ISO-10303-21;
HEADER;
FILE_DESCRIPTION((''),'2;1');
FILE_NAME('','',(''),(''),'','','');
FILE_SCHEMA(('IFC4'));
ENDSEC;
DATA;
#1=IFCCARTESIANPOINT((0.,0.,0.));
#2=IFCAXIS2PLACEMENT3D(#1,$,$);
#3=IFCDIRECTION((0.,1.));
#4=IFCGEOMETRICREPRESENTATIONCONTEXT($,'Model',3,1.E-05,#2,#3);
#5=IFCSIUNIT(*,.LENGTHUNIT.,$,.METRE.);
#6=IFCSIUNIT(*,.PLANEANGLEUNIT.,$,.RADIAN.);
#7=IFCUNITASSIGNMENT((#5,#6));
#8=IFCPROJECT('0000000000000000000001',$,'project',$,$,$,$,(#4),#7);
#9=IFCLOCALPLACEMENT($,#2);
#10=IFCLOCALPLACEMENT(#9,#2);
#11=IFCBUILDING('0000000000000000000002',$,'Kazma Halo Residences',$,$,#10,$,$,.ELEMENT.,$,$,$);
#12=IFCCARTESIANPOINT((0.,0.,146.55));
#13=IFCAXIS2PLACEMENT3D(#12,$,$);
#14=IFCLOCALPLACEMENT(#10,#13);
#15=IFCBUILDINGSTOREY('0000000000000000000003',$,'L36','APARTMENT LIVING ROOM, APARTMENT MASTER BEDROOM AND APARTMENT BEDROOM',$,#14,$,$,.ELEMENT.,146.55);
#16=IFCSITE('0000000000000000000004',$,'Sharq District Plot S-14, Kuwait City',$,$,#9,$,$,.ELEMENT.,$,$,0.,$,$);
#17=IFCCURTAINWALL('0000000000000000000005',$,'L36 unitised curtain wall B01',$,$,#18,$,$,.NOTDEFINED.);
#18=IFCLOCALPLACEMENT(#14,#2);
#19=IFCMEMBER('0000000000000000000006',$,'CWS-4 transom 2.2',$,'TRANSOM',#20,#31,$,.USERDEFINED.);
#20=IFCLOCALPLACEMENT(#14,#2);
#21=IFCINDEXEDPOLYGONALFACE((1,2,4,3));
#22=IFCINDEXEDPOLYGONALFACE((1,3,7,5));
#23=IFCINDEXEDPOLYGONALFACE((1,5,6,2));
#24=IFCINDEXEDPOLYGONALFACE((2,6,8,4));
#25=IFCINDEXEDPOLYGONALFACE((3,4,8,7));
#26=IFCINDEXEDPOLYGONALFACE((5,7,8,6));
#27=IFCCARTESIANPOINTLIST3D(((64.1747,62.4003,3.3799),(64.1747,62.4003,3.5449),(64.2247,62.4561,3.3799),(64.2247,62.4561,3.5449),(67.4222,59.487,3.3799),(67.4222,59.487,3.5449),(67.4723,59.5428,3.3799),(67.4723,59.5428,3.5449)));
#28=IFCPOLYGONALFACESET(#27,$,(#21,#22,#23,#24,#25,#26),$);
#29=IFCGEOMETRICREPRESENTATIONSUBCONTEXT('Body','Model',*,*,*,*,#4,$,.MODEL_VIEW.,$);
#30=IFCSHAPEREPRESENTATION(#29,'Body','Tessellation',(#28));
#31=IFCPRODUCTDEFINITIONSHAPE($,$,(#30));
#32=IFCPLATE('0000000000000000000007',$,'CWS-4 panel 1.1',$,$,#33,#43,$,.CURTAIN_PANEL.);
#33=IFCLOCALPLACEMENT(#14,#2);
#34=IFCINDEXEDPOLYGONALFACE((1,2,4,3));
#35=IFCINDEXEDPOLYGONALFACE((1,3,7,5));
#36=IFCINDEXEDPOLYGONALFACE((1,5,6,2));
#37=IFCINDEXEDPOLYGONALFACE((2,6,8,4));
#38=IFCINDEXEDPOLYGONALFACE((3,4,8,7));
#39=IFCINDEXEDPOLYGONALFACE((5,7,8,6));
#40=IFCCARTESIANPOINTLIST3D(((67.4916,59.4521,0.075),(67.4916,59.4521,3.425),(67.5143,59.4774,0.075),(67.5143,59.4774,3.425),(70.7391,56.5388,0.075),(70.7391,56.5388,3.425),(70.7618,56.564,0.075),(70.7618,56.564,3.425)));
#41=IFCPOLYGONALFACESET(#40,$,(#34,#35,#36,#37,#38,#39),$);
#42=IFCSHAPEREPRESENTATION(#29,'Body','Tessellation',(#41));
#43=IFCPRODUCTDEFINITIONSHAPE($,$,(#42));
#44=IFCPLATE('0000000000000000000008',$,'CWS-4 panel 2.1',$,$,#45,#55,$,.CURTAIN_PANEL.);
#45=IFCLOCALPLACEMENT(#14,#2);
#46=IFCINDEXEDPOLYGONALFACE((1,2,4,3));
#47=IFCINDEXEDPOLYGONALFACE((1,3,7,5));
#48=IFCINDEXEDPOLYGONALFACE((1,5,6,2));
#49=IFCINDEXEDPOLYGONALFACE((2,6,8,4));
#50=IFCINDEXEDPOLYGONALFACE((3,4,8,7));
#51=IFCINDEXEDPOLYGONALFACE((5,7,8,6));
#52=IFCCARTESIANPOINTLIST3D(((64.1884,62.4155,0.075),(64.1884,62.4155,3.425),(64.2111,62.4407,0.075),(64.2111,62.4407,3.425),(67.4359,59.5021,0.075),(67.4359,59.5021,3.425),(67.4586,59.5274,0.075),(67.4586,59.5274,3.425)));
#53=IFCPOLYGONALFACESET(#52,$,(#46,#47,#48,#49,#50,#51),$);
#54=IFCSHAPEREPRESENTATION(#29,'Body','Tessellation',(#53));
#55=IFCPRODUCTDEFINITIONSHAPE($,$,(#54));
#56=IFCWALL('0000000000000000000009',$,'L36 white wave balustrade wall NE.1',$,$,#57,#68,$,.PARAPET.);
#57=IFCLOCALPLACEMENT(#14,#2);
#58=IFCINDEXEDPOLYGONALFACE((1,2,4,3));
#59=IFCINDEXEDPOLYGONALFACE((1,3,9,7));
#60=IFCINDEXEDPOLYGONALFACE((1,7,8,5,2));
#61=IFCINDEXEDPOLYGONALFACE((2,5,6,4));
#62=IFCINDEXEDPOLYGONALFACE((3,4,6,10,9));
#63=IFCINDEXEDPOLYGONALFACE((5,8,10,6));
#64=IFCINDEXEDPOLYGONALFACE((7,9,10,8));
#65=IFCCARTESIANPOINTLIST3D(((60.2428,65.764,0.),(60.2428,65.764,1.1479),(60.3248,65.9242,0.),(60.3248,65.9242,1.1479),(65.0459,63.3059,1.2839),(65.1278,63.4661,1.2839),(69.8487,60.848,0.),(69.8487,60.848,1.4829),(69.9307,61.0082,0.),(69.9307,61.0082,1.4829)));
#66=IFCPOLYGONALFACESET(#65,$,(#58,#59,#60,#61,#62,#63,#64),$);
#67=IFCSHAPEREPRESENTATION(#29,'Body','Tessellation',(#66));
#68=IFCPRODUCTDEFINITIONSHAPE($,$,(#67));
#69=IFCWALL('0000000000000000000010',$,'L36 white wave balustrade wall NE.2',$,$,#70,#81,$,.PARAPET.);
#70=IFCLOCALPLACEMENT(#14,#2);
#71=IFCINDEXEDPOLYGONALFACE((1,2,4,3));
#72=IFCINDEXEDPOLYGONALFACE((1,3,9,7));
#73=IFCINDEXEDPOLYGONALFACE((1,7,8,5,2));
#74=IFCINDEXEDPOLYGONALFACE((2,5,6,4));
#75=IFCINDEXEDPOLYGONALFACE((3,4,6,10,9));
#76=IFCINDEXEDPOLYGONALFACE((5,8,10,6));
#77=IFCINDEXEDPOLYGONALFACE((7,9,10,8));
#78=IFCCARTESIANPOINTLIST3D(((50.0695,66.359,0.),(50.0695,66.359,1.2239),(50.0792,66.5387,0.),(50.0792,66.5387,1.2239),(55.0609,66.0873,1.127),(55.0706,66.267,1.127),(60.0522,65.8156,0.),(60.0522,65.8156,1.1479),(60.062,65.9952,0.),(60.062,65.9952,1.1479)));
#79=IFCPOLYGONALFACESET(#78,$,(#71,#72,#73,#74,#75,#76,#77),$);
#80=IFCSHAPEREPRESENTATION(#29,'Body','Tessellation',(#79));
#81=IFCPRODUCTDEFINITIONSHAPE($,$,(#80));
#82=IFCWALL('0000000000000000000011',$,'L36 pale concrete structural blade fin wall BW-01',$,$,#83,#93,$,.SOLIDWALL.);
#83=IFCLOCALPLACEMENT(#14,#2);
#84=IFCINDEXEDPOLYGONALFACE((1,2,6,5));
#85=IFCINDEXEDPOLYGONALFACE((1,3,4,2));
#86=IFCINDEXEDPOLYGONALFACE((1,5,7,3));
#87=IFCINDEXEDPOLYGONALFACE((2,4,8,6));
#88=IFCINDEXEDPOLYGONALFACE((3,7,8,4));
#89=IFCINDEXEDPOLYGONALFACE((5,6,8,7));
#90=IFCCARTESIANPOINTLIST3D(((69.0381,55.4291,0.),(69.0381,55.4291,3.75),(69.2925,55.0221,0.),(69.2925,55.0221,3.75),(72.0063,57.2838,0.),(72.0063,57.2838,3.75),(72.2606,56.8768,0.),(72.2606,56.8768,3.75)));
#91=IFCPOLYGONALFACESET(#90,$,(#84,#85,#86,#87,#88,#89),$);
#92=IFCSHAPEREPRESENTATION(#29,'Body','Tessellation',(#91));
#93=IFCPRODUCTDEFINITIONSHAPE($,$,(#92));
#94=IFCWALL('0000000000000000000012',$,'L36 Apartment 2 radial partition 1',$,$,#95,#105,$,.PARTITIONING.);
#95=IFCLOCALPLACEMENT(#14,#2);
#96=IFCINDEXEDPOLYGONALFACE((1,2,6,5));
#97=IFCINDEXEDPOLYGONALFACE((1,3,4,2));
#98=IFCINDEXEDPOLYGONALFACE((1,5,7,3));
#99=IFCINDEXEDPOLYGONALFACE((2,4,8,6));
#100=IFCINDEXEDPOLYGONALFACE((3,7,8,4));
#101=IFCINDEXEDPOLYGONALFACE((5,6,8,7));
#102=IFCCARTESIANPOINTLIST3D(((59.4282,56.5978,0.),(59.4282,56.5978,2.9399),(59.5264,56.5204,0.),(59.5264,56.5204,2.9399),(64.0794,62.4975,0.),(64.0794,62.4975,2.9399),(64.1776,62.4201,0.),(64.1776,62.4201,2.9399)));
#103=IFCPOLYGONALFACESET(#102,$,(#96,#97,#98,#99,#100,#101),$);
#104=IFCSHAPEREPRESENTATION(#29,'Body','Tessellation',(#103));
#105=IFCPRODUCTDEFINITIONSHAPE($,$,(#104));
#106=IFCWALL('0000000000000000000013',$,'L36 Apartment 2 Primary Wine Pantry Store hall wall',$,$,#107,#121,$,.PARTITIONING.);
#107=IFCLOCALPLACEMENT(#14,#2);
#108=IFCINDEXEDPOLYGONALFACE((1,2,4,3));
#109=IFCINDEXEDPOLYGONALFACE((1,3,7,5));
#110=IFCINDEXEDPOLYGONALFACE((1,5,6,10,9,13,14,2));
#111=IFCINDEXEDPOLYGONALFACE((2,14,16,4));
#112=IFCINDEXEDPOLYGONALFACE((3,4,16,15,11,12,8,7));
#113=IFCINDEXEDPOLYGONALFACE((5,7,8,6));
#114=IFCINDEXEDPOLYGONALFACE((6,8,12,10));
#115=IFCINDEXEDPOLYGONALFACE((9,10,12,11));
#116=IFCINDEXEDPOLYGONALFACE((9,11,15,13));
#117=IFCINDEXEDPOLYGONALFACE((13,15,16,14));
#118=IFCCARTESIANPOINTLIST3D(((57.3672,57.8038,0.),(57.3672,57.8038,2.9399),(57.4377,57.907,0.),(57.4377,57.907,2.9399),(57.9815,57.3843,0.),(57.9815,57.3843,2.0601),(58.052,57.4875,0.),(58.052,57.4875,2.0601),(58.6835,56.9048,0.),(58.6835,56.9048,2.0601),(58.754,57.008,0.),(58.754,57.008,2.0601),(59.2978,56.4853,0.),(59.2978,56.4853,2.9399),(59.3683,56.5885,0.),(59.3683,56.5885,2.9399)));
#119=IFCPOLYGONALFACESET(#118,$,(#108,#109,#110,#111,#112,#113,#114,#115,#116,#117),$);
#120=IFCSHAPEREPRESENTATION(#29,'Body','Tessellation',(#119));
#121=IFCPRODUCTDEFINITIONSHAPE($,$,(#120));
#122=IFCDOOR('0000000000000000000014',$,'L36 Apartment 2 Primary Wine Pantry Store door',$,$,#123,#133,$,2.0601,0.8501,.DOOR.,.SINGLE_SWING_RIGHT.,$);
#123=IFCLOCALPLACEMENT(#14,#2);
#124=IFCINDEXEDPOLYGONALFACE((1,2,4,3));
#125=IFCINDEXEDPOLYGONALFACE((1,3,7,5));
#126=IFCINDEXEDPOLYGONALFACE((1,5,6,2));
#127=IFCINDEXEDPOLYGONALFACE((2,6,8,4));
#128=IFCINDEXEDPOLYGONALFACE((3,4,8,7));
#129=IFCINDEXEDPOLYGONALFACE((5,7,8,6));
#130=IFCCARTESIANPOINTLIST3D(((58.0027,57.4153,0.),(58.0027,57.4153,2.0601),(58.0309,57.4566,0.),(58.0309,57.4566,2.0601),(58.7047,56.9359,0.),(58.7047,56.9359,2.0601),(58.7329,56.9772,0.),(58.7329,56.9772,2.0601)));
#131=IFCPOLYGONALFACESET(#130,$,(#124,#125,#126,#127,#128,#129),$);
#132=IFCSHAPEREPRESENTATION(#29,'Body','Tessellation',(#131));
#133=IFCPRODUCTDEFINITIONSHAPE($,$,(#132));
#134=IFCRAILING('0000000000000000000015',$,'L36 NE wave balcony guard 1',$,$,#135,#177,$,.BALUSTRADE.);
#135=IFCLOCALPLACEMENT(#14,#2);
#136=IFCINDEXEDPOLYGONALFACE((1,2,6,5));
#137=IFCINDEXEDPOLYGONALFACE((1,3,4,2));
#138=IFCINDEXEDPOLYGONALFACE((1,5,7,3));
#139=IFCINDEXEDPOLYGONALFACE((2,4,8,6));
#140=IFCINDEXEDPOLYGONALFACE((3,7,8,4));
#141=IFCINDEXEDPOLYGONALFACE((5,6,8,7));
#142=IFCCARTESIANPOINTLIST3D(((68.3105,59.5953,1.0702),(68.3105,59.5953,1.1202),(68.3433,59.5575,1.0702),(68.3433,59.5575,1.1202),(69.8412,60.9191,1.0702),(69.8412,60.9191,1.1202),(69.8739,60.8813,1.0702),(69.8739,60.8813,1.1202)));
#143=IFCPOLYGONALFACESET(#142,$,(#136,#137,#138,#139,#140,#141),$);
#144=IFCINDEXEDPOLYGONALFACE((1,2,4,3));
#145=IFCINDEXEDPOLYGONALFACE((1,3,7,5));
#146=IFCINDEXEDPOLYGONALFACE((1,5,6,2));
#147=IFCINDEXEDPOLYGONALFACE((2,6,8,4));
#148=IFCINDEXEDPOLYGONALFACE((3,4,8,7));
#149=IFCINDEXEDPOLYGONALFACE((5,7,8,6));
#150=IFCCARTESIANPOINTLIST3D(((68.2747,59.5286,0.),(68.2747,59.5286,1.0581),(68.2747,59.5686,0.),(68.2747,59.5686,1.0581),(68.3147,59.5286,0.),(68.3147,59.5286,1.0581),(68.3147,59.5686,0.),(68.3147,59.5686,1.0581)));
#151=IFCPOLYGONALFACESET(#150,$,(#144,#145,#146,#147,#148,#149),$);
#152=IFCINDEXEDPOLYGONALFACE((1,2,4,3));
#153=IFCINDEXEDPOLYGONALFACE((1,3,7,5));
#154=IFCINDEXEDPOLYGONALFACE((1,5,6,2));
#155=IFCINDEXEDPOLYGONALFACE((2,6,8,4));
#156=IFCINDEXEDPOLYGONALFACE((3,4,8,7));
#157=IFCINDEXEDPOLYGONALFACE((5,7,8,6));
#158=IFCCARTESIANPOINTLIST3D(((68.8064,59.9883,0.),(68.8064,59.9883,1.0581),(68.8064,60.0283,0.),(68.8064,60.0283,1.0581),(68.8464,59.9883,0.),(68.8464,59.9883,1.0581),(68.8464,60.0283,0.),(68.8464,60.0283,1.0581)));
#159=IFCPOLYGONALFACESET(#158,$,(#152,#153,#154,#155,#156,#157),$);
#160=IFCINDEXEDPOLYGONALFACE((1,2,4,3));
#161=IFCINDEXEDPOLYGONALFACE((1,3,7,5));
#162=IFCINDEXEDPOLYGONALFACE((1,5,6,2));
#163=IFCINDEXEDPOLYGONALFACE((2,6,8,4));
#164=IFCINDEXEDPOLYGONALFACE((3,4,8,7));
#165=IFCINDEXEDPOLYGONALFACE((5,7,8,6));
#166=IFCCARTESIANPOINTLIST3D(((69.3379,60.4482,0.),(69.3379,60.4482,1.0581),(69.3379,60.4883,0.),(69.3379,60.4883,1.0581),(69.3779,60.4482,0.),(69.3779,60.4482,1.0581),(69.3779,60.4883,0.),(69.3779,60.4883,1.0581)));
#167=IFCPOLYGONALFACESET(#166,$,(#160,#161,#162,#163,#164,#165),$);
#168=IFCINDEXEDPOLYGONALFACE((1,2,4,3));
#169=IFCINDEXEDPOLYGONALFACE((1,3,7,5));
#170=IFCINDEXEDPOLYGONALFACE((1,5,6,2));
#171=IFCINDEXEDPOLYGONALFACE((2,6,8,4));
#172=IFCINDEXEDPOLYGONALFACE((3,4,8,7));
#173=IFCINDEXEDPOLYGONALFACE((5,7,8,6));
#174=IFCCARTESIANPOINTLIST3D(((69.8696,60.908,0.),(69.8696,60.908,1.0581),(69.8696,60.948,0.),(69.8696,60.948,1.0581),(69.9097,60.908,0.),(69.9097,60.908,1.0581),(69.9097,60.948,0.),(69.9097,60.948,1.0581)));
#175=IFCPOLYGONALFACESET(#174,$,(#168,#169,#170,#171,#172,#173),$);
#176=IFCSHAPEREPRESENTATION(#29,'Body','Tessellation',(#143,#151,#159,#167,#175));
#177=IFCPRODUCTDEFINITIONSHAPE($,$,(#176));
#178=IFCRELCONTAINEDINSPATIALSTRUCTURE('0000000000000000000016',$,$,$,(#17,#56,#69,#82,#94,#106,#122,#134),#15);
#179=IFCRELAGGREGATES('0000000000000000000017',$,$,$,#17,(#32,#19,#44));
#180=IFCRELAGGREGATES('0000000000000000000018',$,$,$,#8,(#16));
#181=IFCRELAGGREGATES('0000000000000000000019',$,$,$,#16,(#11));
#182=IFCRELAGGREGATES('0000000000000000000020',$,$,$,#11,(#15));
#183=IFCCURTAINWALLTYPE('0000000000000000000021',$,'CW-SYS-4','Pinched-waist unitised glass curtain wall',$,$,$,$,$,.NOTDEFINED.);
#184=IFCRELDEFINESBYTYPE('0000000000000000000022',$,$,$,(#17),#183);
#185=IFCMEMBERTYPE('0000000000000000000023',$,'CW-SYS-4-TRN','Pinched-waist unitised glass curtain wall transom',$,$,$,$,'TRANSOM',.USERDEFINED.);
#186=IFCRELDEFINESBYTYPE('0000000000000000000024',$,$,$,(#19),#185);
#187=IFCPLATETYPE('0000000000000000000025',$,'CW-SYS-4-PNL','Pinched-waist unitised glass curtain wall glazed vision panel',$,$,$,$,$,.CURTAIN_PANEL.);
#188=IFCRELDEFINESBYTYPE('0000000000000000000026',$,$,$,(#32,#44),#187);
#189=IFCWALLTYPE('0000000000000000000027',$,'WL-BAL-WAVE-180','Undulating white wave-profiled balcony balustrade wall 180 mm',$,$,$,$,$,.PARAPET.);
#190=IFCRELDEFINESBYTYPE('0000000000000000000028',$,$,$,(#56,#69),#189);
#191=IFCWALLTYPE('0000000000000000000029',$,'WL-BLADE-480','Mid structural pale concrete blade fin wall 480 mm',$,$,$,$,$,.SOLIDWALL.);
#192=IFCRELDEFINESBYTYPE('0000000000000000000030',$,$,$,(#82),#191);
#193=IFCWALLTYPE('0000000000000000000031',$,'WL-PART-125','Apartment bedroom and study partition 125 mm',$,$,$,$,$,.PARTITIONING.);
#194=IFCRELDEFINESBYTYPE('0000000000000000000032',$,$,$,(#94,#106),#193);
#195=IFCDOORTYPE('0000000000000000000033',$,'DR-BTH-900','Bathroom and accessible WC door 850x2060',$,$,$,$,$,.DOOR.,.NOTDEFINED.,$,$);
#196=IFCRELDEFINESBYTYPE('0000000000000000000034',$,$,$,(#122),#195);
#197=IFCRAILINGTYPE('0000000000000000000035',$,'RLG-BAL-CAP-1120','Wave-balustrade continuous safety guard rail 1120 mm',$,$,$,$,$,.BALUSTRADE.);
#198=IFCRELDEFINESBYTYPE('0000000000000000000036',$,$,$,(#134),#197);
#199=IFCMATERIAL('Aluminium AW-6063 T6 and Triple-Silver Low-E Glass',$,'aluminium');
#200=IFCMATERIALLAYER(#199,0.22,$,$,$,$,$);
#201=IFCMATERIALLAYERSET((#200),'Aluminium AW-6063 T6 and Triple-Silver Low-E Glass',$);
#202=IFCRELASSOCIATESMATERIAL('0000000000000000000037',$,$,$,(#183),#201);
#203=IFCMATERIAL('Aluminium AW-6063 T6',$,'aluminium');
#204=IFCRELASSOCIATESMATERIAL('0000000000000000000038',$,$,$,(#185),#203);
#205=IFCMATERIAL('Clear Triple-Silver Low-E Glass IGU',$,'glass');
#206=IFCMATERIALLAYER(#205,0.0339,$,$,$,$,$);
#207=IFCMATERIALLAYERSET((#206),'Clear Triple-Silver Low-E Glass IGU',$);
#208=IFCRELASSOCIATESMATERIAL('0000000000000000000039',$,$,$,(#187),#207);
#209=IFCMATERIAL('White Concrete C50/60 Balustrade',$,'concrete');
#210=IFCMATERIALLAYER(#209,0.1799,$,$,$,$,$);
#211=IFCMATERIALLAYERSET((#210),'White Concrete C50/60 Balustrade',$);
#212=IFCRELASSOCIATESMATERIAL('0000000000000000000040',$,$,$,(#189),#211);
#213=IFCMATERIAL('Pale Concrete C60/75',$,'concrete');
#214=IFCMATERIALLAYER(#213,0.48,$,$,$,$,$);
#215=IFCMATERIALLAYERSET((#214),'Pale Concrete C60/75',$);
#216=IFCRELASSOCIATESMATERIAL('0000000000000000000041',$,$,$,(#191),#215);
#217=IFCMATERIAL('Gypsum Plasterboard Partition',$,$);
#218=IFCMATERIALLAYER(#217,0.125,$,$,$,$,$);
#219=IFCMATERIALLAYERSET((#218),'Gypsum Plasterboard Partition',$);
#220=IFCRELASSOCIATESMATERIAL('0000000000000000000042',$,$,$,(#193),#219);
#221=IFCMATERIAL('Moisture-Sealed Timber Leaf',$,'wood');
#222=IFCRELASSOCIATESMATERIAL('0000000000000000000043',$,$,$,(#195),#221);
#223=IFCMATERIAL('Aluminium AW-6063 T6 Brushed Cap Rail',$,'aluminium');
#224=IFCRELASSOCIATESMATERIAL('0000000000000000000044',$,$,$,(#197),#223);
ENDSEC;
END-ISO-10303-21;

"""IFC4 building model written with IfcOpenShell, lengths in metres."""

from ifc_helpers import new_model, si_unit, direction, frame, frame_2d, origin, origin_2d, place, context, subcontext, project, spatial, polyline, rectangle, outline, extrude, material, layer, layer_set, material_profile, profile_set, type_object, element, fill, aggregate, save


model = new_model("IFC4")

# Units and contexts
model_context = context("Model", 3, precision=1e-05, world=origin(), true_north=direction((0.0, 1.0)))
body_context = subcontext(model_context, "Body", "Model", "MODEL_VIEW")
ifc_project = project(units=[si_unit("LENGTHUNIT", "METRE"), si_unit("PLANEANGLEUNIT", "RADIAN")], contexts=[model_context])

# Site, building, storey
site_placement = place(None, origin())
site = spatial("IfcSite", under=ifc_project, at=site_placement, Name="Sharq District Plot S-14, Kuwait City", CompositionType="ELEMENT", RefElevation=0.0)
building_placement = place(site_placement, origin())
building = spatial("IfcBuilding", under=site, at=building_placement, Name="Kazma Halo Residences", CompositionType="ELEMENT")
storey_placement = place(building_placement, frame((0.0, 0.0, 146.55)))
storey = spatial("IfcBuildingStorey", under=building, at=storey_placement, Name="L36", Description="APARTMENT LIVING ROOM, APARTMENT MASTER BEDROOM AND APARTMENT BEDROOM", CompositionType="ELEMENT", Elevation=146.55)

# Curtain wall
ifc_material_1 = material(Name="Aluminium AW-6063 T6 and Triple-Silver Low-E Glass", Category="aluminium")
ifc_layer_1 = layer(ifc_material_1, 0.22)
ifc_layer_set_1 = layer_set([ifc_layer_1], Name="Aluminium AW-6063 T6 and Triple-Silver Low-E Glass")
curtain_wall_type = type_object("IfcCurtainWallType", Name="CW-SYS-4", Description="Pinched-waist unitised glass curtain wall", PredefinedType="NOTDEFINED", material=ifc_layer_set_1)
curtain_wall_1_placement = place(storey_placement, origin())
curtain_wall_1 = element("IfcCurtainWall", 1, at=curtain_wall_1_placement, inside=storey, type_object=curtain_wall_type, Name="L36 unitised curtain wall B01", PredefinedType="NOTDEFINED")
ifc_material_2 = material(Name="Aluminium AW-6063 T6", Category="aluminium")

# Member
ifc_material_profile_1 = material_profile(ifc_material_2, rectangle(XDim=0.075, YDim=0.165, at=origin_2d()), Name="CWT-75x165")
ifc_profile_set_1 = profile_set([ifc_material_profile_1], Name="Aluminium AW-6063 T6")
member_type_1 = type_object("IfcMemberType", Name="CW-SYS-4-TRN", Description="Pinched-waist unitised glass curtain wall transom", ElementType="TRANSOM", PredefinedType="USERDEFINED", material=ifc_profile_set_1)
member_1_placement = place(storey_placement, frame((67.4473, 59.5149, 3.4624), z_axis=(-0.744373, 0.667764, 0.0), x_axis=(-0.667764, -0.744373, 0.0)))
member_1 = element("IfcMember", 2, at=member_1_placement, type_object=member_type_1, Name="CWS-4 transom 2.2", ObjectType="TRANSOM", PredefinedType="USERDEFINED", context=body_context, shape_type="SweptSolid", body=[
    extrude(rectangle(XDim=0.075, YDim=0.165, at=origin_2d()), origin(), (0.0, 0.0, 1.0), 4.3628),
])

# Plates
ifc_material_3 = material(Name="Clear Triple-Silver Low-E Glass IGU", Category="glass")
ifc_layer_2 = layer(ifc_material_3, 0.0339)
ifc_layer_set_2 = layer_set([ifc_layer_2], Name="Clear Triple-Silver Low-E Glass IGU")
plate_type = type_object("IfcPlateType", Name="CW-SYS-4-PNL", Description="Pinched-waist unitised glass curtain wall glazed vision panel", PredefinedType="CURTAIN_PANEL", material=ifc_layer_set_2)
plate_1_placement = place(storey_placement, frame((69.1267, 58.0081, 0.075), z_axis=(0.0, 0.0, 1.0), x_axis=(-0.744368, 0.66777, 0.0)))
plate_1 = element("IfcPlate", 3, at=plate_1_placement, type_object=plate_type, Name="CWS-4 panel 1.1", PredefinedType="CURTAIN_PANEL", context=body_context, shape_type="SweptSolid", body=[
    extrude(rectangle(XDim=4.3628, YDim=0.0339, at=origin_2d()), origin(), (0.0, 0.0, 1.0), 3.3501),
])
plate_2_placement = place(storey_placement, frame((65.8235, 60.9714, 0.075), z_axis=(0.0, 0.0, 1.0), x_axis=(-0.744368, 0.66777, 0.0)))
plate_2 = element("IfcPlate", 4, at=plate_2_placement, type_object=plate_type, Name="CWS-4 panel 2.1", PredefinedType="CURTAIN_PANEL", context=body_context, shape_type="SweptSolid", body=[
    extrude(rectangle(XDim=4.3628, YDim=0.0339, at=origin_2d()), origin(), (0.0, 0.0, 1.0), 3.3501),
])
aggregate(curtain_wall_1, [plate_1, member_1, plate_2])

# Walls
ifc_material_4 = material(Name="White Concrete C50/60 Balustrade", Category="concrete")
ifc_layer_3 = layer(ifc_material_4, 0.1799)
ifc_layer_set_3 = layer_set([ifc_layer_3], Name="White Concrete C50/60 Balustrade")
wall_type_1 = type_object("IfcWallType", Name="WL-BAL-WAVE-180", Description="Undulating white wave-profiled balcony balustrade wall 180 mm", PredefinedType="PARAPET", material=ifc_layer_set_3)
wall_1_placement = place(storey_placement, frame((69.8896, 60.928, 0.0), z_axis=(0.0, 0.0, 1.0), x_axis=(-0.890198, 0.455574, 0.0)))
element("IfcWall", 5, at=wall_1_placement, inside=storey, type_object=wall_type_1, Name="L36 white wave balustrade wall NE.1", PredefinedType="PARAPET", context=body_context, shape_type="SweptSolid", body=[
    extrude(outline(polyline([(0.0, 0.0), (10.7908, 0.0), (10.7908, 1.1479), (5.3953, 1.2839), (0.0, 1.4829), (0.0, 0.0)])), frame((0.0, 0.0898, 0.0), z_axis=(0.0, -1.0, 0.0), x_axis=(1.0, 0.0, 0.0)), (0.0, 0.0, 1.0), 0.1799),
])
wall_2_placement = place(storey_placement, frame((60.0571, 65.9053, 0.0), z_axis=(0.0, 0.0, 1.0), x_axis=(-0.998521, 0.05436, 0.0)))
element("IfcWall", 6, at=wall_2_placement, inside=storey, type_object=wall_type_1, Name="L36 white wave balustrade wall NE.2", PredefinedType="PARAPET", context=body_context, shape_type="SweptSolid", body=[
    extrude(outline(polyline([(0.0, 0.0), (9.9976, 0.0), (9.9976, 1.2239), (4.9988, 1.127), (0.0, 1.1479), (0.0, 0.0)])), frame((0.0, 0.0898, 0.0), z_axis=(0.0, -1.0, 0.0), x_axis=(1.0, 0.0, 0.0)), (0.0, 0.0, 1.0), 0.1799),
])
ifc_material_5 = material(Name="Pale Concrete C60/75", Category="concrete")
ifc_layer_4 = layer(ifc_material_5, 0.48)
ifc_layer_set_4 = layer_set([ifc_layer_4], Name="Pale Concrete C60/75")
wall_type_2 = type_object("IfcWallType", Name="WL-BLADE-480", Description="Mid structural pale concrete blade fin wall 480 mm", PredefinedType="SOLIDWALL", material=ifc_layer_set_4)
wall_3_placement = place(storey_placement, frame((69.1653, 55.2256, 0.0), z_axis=(0.0, 0.0, 1.0), x_axis=(0.848053, 0.529911, 0.0)))
element("IfcWall", 7, at=wall_3_placement, inside=storey, type_object=wall_type_2, Name="L36 pale concrete structural blade fin wall BW-01", PredefinedType="SOLIDWALL", context=body_context, shape_type="SweptSolid", body=[
    extrude(rectangle(XDim=3.5, YDim=0.48, at=frame_2d((1.75, 0.0))), origin(), (0.0, 0.0, 1.0), 3.75),
])

# Wall
ifc_material_6 = material(Name="Gypsum Plasterboard Partition")
ifc_layer_5 = layer(ifc_material_6, 0.125)
ifc_layer_set_5 = layer_set([ifc_layer_5], Name="Gypsum Plasterboard Partition")
wall_type_3 = type_object("IfcWallType", Name="WL-PART-125", Description="Apartment bedroom and study partition 125 mm", PredefinedType="PARTITIONING", material=ifc_layer_set_5)
wall_4_placement = place(storey_placement, frame((59.4773, 56.5591, 0.0), z_axis=(0.0, 0.0, 1.0), x_axis=(0.619111, 0.785303, 0.0)))
element("IfcWall", 8, at=wall_4_placement, inside=storey, type_object=wall_type_3, Name="L36 Apartment 2 radial partition 1", PredefinedType="PARTITIONING", context=body_context, shape_type="SweptSolid", body=[
    extrude(rectangle(XDim=7.5127, YDim=0.125, at=frame_2d((3.7563, 0.0))), origin(), (0.0, 0.0, 1.0), 2.9399),
])

# Wall, opening, door
wall_5_placement = place(storey_placement, frame((59.333, 56.5369, 0.0), z_axis=(0.0, 0.0, 1.0), x_axis=(-0.825781, 0.563991, 0.0)))
wall_5 = element("IfcWall", 9, at=wall_5_placement, inside=storey, type_object=wall_type_3, Name="L36 Apartment 2 Primary Wine Pantry Store hall wall", PredefinedType="PARTITIONING", context=body_context, shape_type="SweptSolid", body=[
    extrude(rectangle(XDim=2.3379, YDim=0.125, at=frame_2d((1.1689, 0.0))), origin(), (0.0, 0.0, 1.0), 2.9399),
])
opening_1_placement = place(wall_5_placement, frame((0.7439, 0.0, 0.0)))
opening_1 = element("IfcOpeningElement", 10, at=opening_1_placement, cuts=wall_5, PredefinedType="OPENING", context=body_context, shape_type="SweptSolid", body=[
    extrude(rectangle(XDim=0.8501, YDim=2.0601, at=frame_2d((0.425, 1.03))), frame((0.0, 0.0725, 0.0), z_axis=(0.0, -1.0, 0.0), x_axis=(1.0, 0.0, 0.0)), (0.0, 0.0, 1.0), 0.145),
])
ifc_material_7 = material(Name="Moisture-Sealed Timber Leaf", Category="wood")
door_type_1 = type_object("IfcDoorType", Name="DR-BTH-900", Description="Bathroom and accessible WC door 850x2060", OperationType="NOTDEFINED", PredefinedType="DOOR", material=ifc_material_7)
door_1_placement = place(opening_1_placement, origin())
door_1 = element("IfcDoor", 11, at=door_1_placement, inside=storey, type_object=door_type_1, Name="L36 Apartment 2 Primary Wine Pantry Store door", OperationType="SINGLE_SWING_RIGHT", OverallHeight=2.0601, OverallWidth=0.8501, PredefinedType="DOOR", context=body_context, shape_type="SweptSolid", body=[
    extrude(rectangle(XDim=0.8501, YDim=2.0601, at=frame_2d((0.425, 1.03))), frame((0.0, 0.0249, 0.0), z_axis=(0.0, -1.0, 0.0), x_axis=(1.0, 0.0, 0.0)), (0.0, 0.0, 1.0), 0.05),
])
fill(opening_1, door_1)

# Railing
ifc_material_8 = material(Name="Aluminium AW-6063 T6 Brushed Cap Rail", Category="aluminium")
railing_type = type_object("IfcRailingType", Name="RLG-BAL-CAP-1120", Description="Wave-balustrade continuous safety guard rail 1120 mm", PredefinedType="BALUSTRADE", material=ifc_material_8)
railing_1_placement = place(storey_placement, frame((68.2947, 59.5486, 0.0)))
element("IfcRailing", 12, at=railing_1_placement, inside=storey, type_object=railing_type, Name="L36 NE wave balcony guard 1", PredefinedType="BALUSTRADE", context=body_context, shape_type="SweptSolid", body=[
    extrude(rectangle(XDim=0.05, YDim=0.05, at=origin_2d()), frame((0.0322, 0.0278, 1.0952), z_axis=(0.756372, 0.654141, 0.0), x_axis=(-0.654141, 0.756372, 0.0)), (0.0, 0.0, 1.0), 2.0237),
    extrude(rectangle(XDim=0.04, YDim=0.04, at=origin_2d()), origin(), (0.0, 0.0, 1.0), 1.0581),
    extrude(rectangle(XDim=0.04, YDim=0.04, at=origin_2d()), frame((0.5317, 0.4597, 0.0)), (0.0, 0.0, 1.0), 1.0581),
    extrude(rectangle(XDim=0.04, YDim=0.04, at=origin_2d()), frame((1.0632, 0.9197, 0.0)), (0.0, 0.0, 1.0), 1.0581),
    extrude(rectangle(XDim=0.04, YDim=0.04, at=origin_2d()), frame((1.595, 1.3794, 0.0)), (0.0, 0.0, 1.0), 1.0581),
])

save(model, "model.ifc")
